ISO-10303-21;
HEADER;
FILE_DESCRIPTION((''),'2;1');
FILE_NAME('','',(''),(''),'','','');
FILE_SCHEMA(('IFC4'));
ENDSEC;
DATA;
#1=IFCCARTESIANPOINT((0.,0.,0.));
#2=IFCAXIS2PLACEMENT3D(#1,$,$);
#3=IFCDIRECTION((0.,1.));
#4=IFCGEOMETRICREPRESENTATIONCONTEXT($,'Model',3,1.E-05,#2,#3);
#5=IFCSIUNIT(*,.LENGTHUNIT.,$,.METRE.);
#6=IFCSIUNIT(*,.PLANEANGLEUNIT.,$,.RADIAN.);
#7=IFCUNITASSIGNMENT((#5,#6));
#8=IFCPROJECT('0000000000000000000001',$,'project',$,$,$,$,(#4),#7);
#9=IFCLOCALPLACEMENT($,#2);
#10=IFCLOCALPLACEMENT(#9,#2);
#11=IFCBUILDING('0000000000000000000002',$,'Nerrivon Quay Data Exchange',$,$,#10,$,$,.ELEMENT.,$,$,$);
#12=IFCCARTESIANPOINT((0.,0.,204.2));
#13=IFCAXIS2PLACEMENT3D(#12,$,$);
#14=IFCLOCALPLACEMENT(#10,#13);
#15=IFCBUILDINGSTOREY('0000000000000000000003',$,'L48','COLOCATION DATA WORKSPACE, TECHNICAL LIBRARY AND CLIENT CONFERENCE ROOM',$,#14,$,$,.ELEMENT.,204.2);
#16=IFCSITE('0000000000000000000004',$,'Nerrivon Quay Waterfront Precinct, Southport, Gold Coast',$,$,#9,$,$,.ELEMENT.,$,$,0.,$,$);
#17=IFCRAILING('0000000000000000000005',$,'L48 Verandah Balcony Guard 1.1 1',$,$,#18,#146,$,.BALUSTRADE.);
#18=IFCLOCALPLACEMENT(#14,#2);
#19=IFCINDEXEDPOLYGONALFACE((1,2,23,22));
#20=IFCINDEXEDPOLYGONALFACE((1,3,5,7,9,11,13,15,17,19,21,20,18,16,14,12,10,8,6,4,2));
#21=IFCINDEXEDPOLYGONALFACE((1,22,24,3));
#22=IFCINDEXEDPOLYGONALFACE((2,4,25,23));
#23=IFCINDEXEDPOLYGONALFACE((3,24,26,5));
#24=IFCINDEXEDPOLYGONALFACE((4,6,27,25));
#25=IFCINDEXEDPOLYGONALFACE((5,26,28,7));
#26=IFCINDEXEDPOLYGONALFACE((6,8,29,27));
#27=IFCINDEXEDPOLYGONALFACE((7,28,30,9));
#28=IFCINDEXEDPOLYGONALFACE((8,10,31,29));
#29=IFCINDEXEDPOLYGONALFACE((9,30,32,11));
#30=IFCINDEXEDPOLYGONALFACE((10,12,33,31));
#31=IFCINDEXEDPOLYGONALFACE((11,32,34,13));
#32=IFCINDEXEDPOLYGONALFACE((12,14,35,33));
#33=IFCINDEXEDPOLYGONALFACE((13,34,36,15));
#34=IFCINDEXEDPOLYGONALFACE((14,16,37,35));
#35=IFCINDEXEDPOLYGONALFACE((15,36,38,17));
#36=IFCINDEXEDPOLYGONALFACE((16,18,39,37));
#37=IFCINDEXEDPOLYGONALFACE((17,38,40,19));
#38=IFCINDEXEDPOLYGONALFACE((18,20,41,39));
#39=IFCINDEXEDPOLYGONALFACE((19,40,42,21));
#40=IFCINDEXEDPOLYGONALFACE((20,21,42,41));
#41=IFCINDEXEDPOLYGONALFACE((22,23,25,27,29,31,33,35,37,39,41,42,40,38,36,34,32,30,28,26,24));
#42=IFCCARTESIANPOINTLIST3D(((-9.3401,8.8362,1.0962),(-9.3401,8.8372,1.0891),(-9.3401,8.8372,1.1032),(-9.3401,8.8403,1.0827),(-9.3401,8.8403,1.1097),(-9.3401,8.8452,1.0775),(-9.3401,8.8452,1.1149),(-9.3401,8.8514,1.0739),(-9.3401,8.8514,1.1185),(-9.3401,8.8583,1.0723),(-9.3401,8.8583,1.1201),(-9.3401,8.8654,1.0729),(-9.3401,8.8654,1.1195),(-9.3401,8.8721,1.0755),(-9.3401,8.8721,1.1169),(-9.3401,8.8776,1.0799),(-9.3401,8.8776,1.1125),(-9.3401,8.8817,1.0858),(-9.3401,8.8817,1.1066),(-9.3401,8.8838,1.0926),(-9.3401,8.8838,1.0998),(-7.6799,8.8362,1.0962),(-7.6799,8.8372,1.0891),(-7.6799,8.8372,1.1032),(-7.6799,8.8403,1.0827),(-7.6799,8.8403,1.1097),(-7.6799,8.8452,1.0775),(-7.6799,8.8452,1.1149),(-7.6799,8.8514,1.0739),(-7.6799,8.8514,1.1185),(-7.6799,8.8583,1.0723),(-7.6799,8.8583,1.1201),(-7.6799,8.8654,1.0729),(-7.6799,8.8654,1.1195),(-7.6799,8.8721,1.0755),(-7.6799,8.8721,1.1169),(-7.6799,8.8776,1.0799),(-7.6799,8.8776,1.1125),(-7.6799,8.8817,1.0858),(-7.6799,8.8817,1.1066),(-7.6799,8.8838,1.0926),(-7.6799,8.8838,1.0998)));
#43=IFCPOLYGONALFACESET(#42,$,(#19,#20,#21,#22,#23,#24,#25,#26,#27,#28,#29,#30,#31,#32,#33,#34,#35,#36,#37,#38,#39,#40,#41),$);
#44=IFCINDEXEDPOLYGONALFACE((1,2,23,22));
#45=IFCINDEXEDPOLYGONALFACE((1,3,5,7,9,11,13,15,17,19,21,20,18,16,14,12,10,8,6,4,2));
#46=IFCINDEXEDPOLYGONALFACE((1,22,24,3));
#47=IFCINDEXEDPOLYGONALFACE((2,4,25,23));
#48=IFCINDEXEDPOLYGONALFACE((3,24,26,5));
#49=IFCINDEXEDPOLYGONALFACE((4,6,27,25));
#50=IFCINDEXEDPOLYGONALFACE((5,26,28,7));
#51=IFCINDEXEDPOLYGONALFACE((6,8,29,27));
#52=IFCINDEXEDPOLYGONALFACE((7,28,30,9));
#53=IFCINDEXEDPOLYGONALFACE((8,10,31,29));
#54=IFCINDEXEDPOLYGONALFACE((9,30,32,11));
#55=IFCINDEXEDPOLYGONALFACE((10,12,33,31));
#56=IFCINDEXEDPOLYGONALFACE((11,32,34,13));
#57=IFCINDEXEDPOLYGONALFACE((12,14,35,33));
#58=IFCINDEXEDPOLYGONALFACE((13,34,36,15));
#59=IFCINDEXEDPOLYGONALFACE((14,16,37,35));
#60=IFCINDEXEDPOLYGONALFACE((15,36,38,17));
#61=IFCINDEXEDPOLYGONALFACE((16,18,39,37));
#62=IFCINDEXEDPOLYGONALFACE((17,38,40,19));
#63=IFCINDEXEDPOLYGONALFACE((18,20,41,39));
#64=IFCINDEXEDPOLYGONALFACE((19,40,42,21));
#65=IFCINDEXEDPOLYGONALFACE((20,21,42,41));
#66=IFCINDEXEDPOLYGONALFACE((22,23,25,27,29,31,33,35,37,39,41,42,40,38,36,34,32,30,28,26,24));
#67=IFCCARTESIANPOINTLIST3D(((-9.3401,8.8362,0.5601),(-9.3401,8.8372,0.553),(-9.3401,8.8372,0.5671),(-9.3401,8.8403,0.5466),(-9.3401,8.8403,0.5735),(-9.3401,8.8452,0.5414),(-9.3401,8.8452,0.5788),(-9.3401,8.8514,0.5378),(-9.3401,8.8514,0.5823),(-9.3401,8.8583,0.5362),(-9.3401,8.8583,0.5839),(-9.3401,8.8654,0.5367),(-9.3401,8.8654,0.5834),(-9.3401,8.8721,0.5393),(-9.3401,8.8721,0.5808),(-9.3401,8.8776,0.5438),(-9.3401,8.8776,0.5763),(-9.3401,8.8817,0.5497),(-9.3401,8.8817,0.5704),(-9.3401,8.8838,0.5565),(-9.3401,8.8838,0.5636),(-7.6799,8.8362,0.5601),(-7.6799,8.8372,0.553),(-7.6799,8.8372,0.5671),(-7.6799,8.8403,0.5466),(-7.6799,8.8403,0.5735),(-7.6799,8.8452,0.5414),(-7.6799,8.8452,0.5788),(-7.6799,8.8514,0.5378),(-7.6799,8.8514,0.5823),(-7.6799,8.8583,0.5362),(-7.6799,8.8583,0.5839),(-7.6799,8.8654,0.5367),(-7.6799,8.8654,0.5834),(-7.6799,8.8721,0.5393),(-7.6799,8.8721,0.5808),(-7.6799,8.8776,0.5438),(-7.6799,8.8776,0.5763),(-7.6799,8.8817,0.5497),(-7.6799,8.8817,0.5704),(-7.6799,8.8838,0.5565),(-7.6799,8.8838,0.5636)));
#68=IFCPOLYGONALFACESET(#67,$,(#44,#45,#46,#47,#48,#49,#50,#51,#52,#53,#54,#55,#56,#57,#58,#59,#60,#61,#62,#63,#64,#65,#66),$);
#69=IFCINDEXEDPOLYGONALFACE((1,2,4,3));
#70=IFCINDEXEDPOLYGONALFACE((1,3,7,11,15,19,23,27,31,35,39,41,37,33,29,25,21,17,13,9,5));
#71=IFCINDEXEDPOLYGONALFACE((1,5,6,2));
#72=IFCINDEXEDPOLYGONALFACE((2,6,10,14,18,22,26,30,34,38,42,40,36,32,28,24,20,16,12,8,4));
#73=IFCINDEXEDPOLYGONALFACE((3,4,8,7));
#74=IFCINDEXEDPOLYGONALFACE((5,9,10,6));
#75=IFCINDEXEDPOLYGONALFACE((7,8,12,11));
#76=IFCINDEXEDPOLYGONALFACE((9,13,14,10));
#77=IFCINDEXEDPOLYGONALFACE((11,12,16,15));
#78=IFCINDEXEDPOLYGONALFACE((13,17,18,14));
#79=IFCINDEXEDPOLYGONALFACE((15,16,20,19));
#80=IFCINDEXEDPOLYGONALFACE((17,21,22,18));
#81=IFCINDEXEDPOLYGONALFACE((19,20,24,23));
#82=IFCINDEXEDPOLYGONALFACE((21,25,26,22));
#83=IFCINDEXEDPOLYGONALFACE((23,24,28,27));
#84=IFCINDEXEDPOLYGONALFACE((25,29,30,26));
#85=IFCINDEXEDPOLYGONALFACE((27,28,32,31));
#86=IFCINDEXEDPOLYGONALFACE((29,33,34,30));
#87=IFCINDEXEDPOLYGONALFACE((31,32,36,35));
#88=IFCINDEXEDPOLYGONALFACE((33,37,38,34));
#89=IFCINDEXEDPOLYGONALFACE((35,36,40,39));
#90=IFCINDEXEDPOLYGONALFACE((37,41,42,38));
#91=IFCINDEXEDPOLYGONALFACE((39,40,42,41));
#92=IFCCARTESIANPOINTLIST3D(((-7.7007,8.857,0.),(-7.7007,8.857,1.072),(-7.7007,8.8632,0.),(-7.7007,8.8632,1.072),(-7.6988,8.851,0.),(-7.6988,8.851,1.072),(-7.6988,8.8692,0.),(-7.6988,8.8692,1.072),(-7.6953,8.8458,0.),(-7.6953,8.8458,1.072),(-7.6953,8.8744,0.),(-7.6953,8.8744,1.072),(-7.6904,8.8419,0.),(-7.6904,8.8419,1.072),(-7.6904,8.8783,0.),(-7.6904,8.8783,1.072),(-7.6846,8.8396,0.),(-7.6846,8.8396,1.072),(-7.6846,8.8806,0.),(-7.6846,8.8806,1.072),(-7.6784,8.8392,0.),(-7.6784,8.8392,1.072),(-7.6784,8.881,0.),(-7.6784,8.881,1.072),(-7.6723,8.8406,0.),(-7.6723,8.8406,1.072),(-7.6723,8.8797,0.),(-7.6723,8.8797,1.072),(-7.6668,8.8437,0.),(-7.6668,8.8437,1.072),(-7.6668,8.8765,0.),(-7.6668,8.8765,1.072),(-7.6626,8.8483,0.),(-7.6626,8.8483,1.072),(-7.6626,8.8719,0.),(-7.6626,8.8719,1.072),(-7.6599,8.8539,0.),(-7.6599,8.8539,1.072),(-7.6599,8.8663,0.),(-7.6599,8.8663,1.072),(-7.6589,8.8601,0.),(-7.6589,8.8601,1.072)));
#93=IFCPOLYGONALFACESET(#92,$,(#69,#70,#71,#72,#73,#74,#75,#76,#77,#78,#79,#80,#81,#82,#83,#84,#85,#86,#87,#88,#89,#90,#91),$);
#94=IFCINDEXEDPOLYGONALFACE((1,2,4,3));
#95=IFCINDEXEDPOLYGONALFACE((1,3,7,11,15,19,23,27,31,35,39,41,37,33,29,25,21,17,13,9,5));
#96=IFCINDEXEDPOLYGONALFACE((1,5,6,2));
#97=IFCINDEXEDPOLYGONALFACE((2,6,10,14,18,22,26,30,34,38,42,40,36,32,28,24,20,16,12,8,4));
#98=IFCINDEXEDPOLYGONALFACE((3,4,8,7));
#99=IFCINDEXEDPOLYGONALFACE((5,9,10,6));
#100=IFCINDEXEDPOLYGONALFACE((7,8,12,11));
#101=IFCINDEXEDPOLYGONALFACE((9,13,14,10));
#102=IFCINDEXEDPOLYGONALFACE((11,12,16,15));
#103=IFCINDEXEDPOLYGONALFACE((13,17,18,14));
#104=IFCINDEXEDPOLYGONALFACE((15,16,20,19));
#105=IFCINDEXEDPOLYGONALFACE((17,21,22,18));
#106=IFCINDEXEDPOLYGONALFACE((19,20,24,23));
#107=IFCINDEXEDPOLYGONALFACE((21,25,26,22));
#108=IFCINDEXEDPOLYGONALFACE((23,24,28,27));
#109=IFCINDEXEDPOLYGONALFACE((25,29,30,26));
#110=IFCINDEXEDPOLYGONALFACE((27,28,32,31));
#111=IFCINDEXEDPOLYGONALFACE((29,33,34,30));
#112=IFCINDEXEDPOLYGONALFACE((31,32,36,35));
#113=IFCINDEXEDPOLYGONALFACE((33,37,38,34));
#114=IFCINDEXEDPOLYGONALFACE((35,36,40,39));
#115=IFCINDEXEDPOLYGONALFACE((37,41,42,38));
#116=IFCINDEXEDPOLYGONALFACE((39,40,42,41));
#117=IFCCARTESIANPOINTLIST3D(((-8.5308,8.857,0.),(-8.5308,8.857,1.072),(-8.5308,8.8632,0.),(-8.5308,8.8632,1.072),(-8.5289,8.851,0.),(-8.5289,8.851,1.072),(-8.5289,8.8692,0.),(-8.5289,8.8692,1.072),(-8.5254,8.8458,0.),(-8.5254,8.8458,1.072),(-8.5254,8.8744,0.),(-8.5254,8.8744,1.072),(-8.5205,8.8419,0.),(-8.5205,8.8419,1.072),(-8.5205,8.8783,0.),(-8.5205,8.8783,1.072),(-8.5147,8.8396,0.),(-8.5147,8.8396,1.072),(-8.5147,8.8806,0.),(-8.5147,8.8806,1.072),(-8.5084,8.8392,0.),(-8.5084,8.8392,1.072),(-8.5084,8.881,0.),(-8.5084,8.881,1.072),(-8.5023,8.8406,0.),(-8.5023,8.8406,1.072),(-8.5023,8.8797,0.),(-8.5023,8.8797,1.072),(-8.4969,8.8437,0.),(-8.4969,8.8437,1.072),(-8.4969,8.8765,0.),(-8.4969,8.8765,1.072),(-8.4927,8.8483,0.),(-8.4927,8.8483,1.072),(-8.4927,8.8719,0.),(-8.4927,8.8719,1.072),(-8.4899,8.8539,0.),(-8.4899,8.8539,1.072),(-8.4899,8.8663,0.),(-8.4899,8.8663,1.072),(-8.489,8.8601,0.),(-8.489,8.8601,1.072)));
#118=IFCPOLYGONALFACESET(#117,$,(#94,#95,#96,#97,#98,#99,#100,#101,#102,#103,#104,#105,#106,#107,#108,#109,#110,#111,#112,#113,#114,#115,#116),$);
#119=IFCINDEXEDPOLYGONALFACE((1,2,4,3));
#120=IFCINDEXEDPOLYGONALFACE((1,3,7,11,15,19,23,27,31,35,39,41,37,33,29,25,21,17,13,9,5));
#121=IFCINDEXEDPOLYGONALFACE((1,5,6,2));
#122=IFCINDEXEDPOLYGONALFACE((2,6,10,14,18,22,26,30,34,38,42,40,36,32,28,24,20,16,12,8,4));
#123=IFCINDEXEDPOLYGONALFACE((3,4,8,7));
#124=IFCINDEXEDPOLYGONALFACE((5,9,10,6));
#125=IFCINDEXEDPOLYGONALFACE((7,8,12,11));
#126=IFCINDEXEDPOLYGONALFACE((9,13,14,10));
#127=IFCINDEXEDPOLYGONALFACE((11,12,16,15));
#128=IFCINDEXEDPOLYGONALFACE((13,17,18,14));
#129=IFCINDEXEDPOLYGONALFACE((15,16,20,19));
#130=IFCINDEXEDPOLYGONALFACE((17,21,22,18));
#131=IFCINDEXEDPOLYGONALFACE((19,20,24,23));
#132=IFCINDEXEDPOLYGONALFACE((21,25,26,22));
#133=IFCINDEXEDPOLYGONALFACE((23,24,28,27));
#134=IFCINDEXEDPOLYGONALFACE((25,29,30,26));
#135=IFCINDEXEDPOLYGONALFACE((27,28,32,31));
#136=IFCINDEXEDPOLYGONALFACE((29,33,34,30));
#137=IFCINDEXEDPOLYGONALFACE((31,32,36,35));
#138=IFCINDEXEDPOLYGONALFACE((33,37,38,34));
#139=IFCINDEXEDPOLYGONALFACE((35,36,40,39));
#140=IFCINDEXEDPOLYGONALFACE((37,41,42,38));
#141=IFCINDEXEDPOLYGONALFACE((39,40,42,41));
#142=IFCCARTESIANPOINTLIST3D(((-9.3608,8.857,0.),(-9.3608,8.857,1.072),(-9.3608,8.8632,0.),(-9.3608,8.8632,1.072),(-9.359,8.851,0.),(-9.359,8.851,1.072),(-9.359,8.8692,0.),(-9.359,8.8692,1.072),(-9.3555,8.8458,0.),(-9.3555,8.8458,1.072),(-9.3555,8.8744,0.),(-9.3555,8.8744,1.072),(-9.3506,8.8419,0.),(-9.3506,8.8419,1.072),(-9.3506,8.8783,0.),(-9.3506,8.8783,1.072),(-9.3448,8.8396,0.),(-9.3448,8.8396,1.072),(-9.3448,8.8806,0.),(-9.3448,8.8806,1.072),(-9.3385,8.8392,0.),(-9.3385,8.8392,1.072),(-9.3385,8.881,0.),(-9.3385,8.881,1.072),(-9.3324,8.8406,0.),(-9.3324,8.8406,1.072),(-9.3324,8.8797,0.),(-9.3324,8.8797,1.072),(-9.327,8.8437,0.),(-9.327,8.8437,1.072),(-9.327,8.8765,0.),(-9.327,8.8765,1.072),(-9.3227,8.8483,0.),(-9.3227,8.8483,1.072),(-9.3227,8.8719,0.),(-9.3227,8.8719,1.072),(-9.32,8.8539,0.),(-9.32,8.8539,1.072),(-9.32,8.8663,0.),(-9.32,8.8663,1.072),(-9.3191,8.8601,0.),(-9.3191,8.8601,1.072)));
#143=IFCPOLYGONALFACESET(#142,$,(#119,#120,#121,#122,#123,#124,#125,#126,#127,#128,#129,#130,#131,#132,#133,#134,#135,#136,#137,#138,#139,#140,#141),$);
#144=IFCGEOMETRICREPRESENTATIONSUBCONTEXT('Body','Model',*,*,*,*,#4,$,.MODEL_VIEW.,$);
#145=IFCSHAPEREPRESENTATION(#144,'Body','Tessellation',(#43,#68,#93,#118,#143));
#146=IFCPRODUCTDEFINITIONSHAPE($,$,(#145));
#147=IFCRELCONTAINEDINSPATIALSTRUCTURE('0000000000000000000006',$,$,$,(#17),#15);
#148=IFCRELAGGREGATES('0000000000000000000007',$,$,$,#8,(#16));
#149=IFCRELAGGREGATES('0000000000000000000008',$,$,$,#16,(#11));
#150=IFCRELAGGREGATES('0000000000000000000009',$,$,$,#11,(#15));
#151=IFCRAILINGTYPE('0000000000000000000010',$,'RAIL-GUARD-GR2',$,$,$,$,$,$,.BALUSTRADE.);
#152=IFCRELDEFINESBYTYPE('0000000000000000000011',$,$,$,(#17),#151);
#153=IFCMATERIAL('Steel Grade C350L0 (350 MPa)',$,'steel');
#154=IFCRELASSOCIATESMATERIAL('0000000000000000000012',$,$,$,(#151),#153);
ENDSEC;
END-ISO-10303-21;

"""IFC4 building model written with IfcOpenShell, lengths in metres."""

from ifc_helpers import new_model, si_unit, direction, frame, origin, origin_2d, place, context, subcontext, project, spatial, circle, extrude, material, type_object, element, save


model = new_model("IFC4")

# Units and contexts
model_context = context("Model", 3, precision=1e-05, world=origin(), true_north=direction((0.0, 1.0)))
body_context = subcontext(model_context, "Body", "Model", "MODEL_VIEW")
ifc_project = project(units=[si_unit("LENGTHUNIT", "METRE"), si_unit("PLANEANGLEUNIT", "RADIAN")], contexts=[model_context])

# Site, building, storey
site_placement = place(None, origin())
site = spatial("IfcSite", under=ifc_project, at=site_placement, Name="Nerrivon Quay Waterfront Precinct, Southport, Gold Coast", CompositionType="ELEMENT", RefElevation=0.0)
building_placement = place(site_placement, origin())
building = spatial("IfcBuilding", under=site, at=building_placement, Name="Nerrivon Quay Data Exchange", CompositionType="ELEMENT")
storey_placement = place(building_placement, frame((0.0, 0.0, 204.2)))
storey = spatial("IfcBuildingStorey", under=building, at=storey_placement, Name="L48", Description="COLOCATION DATA WORKSPACE, TECHNICAL LIBRARY AND CLIENT CONFERENCE ROOM", CompositionType="ELEMENT", Elevation=204.2)

# Railing
ifc_material_1 = material(Name="Steel Grade C350L0 (350 MPa)", Category="steel")
railing_type = type_object("IfcRailingType", Name="RAIL-GUARD-GR2", PredefinedType="BALUSTRADE", material=ifc_material_1)
railing_1_placement = place(storey_placement, frame((-7.6799, 8.8601, 0.0)))
element("IfcRailing", 1, at=railing_1_placement, inside=storey, type_object=railing_type, Name="L48 Verandah Balcony Guard 1.1 1", PredefinedType="BALUSTRADE", context=body_context, shape_type="SweptSolid", body=[
    extrude(circle(Radius=0.0239, at=origin_2d()), frame((0.0, 0.0, 1.0962), z_axis=(-1.0, 0.0, 0.0), x_axis=(0.0, -1.0, 0.0)), (0.0, 0.0, 1.0), 1.6602),
    extrude(circle(Radius=0.0239, at=origin_2d()), frame((0.0, 0.0, 0.5601), z_axis=(-1.0, 0.0, 0.0), x_axis=(0.0, -1.0, 0.0)), (0.0, 0.0, 1.0), 1.6602),
    extrude(circle(Radius=0.021, at=origin_2d()), origin(), (0.0, 0.0, 1.0), 1.072),
    extrude(circle(Radius=0.021, at=origin_2d()), frame((-0.8301, 0.0, 0.0)), (0.0, 0.0, 1.0), 1.072),
    extrude(circle(Radius=0.021, at=origin_2d()), frame((-1.6602, 0.0, 0.0)), (0.0, 0.0, 1.0), 1.072),
])

save(model, "model.ifc")
